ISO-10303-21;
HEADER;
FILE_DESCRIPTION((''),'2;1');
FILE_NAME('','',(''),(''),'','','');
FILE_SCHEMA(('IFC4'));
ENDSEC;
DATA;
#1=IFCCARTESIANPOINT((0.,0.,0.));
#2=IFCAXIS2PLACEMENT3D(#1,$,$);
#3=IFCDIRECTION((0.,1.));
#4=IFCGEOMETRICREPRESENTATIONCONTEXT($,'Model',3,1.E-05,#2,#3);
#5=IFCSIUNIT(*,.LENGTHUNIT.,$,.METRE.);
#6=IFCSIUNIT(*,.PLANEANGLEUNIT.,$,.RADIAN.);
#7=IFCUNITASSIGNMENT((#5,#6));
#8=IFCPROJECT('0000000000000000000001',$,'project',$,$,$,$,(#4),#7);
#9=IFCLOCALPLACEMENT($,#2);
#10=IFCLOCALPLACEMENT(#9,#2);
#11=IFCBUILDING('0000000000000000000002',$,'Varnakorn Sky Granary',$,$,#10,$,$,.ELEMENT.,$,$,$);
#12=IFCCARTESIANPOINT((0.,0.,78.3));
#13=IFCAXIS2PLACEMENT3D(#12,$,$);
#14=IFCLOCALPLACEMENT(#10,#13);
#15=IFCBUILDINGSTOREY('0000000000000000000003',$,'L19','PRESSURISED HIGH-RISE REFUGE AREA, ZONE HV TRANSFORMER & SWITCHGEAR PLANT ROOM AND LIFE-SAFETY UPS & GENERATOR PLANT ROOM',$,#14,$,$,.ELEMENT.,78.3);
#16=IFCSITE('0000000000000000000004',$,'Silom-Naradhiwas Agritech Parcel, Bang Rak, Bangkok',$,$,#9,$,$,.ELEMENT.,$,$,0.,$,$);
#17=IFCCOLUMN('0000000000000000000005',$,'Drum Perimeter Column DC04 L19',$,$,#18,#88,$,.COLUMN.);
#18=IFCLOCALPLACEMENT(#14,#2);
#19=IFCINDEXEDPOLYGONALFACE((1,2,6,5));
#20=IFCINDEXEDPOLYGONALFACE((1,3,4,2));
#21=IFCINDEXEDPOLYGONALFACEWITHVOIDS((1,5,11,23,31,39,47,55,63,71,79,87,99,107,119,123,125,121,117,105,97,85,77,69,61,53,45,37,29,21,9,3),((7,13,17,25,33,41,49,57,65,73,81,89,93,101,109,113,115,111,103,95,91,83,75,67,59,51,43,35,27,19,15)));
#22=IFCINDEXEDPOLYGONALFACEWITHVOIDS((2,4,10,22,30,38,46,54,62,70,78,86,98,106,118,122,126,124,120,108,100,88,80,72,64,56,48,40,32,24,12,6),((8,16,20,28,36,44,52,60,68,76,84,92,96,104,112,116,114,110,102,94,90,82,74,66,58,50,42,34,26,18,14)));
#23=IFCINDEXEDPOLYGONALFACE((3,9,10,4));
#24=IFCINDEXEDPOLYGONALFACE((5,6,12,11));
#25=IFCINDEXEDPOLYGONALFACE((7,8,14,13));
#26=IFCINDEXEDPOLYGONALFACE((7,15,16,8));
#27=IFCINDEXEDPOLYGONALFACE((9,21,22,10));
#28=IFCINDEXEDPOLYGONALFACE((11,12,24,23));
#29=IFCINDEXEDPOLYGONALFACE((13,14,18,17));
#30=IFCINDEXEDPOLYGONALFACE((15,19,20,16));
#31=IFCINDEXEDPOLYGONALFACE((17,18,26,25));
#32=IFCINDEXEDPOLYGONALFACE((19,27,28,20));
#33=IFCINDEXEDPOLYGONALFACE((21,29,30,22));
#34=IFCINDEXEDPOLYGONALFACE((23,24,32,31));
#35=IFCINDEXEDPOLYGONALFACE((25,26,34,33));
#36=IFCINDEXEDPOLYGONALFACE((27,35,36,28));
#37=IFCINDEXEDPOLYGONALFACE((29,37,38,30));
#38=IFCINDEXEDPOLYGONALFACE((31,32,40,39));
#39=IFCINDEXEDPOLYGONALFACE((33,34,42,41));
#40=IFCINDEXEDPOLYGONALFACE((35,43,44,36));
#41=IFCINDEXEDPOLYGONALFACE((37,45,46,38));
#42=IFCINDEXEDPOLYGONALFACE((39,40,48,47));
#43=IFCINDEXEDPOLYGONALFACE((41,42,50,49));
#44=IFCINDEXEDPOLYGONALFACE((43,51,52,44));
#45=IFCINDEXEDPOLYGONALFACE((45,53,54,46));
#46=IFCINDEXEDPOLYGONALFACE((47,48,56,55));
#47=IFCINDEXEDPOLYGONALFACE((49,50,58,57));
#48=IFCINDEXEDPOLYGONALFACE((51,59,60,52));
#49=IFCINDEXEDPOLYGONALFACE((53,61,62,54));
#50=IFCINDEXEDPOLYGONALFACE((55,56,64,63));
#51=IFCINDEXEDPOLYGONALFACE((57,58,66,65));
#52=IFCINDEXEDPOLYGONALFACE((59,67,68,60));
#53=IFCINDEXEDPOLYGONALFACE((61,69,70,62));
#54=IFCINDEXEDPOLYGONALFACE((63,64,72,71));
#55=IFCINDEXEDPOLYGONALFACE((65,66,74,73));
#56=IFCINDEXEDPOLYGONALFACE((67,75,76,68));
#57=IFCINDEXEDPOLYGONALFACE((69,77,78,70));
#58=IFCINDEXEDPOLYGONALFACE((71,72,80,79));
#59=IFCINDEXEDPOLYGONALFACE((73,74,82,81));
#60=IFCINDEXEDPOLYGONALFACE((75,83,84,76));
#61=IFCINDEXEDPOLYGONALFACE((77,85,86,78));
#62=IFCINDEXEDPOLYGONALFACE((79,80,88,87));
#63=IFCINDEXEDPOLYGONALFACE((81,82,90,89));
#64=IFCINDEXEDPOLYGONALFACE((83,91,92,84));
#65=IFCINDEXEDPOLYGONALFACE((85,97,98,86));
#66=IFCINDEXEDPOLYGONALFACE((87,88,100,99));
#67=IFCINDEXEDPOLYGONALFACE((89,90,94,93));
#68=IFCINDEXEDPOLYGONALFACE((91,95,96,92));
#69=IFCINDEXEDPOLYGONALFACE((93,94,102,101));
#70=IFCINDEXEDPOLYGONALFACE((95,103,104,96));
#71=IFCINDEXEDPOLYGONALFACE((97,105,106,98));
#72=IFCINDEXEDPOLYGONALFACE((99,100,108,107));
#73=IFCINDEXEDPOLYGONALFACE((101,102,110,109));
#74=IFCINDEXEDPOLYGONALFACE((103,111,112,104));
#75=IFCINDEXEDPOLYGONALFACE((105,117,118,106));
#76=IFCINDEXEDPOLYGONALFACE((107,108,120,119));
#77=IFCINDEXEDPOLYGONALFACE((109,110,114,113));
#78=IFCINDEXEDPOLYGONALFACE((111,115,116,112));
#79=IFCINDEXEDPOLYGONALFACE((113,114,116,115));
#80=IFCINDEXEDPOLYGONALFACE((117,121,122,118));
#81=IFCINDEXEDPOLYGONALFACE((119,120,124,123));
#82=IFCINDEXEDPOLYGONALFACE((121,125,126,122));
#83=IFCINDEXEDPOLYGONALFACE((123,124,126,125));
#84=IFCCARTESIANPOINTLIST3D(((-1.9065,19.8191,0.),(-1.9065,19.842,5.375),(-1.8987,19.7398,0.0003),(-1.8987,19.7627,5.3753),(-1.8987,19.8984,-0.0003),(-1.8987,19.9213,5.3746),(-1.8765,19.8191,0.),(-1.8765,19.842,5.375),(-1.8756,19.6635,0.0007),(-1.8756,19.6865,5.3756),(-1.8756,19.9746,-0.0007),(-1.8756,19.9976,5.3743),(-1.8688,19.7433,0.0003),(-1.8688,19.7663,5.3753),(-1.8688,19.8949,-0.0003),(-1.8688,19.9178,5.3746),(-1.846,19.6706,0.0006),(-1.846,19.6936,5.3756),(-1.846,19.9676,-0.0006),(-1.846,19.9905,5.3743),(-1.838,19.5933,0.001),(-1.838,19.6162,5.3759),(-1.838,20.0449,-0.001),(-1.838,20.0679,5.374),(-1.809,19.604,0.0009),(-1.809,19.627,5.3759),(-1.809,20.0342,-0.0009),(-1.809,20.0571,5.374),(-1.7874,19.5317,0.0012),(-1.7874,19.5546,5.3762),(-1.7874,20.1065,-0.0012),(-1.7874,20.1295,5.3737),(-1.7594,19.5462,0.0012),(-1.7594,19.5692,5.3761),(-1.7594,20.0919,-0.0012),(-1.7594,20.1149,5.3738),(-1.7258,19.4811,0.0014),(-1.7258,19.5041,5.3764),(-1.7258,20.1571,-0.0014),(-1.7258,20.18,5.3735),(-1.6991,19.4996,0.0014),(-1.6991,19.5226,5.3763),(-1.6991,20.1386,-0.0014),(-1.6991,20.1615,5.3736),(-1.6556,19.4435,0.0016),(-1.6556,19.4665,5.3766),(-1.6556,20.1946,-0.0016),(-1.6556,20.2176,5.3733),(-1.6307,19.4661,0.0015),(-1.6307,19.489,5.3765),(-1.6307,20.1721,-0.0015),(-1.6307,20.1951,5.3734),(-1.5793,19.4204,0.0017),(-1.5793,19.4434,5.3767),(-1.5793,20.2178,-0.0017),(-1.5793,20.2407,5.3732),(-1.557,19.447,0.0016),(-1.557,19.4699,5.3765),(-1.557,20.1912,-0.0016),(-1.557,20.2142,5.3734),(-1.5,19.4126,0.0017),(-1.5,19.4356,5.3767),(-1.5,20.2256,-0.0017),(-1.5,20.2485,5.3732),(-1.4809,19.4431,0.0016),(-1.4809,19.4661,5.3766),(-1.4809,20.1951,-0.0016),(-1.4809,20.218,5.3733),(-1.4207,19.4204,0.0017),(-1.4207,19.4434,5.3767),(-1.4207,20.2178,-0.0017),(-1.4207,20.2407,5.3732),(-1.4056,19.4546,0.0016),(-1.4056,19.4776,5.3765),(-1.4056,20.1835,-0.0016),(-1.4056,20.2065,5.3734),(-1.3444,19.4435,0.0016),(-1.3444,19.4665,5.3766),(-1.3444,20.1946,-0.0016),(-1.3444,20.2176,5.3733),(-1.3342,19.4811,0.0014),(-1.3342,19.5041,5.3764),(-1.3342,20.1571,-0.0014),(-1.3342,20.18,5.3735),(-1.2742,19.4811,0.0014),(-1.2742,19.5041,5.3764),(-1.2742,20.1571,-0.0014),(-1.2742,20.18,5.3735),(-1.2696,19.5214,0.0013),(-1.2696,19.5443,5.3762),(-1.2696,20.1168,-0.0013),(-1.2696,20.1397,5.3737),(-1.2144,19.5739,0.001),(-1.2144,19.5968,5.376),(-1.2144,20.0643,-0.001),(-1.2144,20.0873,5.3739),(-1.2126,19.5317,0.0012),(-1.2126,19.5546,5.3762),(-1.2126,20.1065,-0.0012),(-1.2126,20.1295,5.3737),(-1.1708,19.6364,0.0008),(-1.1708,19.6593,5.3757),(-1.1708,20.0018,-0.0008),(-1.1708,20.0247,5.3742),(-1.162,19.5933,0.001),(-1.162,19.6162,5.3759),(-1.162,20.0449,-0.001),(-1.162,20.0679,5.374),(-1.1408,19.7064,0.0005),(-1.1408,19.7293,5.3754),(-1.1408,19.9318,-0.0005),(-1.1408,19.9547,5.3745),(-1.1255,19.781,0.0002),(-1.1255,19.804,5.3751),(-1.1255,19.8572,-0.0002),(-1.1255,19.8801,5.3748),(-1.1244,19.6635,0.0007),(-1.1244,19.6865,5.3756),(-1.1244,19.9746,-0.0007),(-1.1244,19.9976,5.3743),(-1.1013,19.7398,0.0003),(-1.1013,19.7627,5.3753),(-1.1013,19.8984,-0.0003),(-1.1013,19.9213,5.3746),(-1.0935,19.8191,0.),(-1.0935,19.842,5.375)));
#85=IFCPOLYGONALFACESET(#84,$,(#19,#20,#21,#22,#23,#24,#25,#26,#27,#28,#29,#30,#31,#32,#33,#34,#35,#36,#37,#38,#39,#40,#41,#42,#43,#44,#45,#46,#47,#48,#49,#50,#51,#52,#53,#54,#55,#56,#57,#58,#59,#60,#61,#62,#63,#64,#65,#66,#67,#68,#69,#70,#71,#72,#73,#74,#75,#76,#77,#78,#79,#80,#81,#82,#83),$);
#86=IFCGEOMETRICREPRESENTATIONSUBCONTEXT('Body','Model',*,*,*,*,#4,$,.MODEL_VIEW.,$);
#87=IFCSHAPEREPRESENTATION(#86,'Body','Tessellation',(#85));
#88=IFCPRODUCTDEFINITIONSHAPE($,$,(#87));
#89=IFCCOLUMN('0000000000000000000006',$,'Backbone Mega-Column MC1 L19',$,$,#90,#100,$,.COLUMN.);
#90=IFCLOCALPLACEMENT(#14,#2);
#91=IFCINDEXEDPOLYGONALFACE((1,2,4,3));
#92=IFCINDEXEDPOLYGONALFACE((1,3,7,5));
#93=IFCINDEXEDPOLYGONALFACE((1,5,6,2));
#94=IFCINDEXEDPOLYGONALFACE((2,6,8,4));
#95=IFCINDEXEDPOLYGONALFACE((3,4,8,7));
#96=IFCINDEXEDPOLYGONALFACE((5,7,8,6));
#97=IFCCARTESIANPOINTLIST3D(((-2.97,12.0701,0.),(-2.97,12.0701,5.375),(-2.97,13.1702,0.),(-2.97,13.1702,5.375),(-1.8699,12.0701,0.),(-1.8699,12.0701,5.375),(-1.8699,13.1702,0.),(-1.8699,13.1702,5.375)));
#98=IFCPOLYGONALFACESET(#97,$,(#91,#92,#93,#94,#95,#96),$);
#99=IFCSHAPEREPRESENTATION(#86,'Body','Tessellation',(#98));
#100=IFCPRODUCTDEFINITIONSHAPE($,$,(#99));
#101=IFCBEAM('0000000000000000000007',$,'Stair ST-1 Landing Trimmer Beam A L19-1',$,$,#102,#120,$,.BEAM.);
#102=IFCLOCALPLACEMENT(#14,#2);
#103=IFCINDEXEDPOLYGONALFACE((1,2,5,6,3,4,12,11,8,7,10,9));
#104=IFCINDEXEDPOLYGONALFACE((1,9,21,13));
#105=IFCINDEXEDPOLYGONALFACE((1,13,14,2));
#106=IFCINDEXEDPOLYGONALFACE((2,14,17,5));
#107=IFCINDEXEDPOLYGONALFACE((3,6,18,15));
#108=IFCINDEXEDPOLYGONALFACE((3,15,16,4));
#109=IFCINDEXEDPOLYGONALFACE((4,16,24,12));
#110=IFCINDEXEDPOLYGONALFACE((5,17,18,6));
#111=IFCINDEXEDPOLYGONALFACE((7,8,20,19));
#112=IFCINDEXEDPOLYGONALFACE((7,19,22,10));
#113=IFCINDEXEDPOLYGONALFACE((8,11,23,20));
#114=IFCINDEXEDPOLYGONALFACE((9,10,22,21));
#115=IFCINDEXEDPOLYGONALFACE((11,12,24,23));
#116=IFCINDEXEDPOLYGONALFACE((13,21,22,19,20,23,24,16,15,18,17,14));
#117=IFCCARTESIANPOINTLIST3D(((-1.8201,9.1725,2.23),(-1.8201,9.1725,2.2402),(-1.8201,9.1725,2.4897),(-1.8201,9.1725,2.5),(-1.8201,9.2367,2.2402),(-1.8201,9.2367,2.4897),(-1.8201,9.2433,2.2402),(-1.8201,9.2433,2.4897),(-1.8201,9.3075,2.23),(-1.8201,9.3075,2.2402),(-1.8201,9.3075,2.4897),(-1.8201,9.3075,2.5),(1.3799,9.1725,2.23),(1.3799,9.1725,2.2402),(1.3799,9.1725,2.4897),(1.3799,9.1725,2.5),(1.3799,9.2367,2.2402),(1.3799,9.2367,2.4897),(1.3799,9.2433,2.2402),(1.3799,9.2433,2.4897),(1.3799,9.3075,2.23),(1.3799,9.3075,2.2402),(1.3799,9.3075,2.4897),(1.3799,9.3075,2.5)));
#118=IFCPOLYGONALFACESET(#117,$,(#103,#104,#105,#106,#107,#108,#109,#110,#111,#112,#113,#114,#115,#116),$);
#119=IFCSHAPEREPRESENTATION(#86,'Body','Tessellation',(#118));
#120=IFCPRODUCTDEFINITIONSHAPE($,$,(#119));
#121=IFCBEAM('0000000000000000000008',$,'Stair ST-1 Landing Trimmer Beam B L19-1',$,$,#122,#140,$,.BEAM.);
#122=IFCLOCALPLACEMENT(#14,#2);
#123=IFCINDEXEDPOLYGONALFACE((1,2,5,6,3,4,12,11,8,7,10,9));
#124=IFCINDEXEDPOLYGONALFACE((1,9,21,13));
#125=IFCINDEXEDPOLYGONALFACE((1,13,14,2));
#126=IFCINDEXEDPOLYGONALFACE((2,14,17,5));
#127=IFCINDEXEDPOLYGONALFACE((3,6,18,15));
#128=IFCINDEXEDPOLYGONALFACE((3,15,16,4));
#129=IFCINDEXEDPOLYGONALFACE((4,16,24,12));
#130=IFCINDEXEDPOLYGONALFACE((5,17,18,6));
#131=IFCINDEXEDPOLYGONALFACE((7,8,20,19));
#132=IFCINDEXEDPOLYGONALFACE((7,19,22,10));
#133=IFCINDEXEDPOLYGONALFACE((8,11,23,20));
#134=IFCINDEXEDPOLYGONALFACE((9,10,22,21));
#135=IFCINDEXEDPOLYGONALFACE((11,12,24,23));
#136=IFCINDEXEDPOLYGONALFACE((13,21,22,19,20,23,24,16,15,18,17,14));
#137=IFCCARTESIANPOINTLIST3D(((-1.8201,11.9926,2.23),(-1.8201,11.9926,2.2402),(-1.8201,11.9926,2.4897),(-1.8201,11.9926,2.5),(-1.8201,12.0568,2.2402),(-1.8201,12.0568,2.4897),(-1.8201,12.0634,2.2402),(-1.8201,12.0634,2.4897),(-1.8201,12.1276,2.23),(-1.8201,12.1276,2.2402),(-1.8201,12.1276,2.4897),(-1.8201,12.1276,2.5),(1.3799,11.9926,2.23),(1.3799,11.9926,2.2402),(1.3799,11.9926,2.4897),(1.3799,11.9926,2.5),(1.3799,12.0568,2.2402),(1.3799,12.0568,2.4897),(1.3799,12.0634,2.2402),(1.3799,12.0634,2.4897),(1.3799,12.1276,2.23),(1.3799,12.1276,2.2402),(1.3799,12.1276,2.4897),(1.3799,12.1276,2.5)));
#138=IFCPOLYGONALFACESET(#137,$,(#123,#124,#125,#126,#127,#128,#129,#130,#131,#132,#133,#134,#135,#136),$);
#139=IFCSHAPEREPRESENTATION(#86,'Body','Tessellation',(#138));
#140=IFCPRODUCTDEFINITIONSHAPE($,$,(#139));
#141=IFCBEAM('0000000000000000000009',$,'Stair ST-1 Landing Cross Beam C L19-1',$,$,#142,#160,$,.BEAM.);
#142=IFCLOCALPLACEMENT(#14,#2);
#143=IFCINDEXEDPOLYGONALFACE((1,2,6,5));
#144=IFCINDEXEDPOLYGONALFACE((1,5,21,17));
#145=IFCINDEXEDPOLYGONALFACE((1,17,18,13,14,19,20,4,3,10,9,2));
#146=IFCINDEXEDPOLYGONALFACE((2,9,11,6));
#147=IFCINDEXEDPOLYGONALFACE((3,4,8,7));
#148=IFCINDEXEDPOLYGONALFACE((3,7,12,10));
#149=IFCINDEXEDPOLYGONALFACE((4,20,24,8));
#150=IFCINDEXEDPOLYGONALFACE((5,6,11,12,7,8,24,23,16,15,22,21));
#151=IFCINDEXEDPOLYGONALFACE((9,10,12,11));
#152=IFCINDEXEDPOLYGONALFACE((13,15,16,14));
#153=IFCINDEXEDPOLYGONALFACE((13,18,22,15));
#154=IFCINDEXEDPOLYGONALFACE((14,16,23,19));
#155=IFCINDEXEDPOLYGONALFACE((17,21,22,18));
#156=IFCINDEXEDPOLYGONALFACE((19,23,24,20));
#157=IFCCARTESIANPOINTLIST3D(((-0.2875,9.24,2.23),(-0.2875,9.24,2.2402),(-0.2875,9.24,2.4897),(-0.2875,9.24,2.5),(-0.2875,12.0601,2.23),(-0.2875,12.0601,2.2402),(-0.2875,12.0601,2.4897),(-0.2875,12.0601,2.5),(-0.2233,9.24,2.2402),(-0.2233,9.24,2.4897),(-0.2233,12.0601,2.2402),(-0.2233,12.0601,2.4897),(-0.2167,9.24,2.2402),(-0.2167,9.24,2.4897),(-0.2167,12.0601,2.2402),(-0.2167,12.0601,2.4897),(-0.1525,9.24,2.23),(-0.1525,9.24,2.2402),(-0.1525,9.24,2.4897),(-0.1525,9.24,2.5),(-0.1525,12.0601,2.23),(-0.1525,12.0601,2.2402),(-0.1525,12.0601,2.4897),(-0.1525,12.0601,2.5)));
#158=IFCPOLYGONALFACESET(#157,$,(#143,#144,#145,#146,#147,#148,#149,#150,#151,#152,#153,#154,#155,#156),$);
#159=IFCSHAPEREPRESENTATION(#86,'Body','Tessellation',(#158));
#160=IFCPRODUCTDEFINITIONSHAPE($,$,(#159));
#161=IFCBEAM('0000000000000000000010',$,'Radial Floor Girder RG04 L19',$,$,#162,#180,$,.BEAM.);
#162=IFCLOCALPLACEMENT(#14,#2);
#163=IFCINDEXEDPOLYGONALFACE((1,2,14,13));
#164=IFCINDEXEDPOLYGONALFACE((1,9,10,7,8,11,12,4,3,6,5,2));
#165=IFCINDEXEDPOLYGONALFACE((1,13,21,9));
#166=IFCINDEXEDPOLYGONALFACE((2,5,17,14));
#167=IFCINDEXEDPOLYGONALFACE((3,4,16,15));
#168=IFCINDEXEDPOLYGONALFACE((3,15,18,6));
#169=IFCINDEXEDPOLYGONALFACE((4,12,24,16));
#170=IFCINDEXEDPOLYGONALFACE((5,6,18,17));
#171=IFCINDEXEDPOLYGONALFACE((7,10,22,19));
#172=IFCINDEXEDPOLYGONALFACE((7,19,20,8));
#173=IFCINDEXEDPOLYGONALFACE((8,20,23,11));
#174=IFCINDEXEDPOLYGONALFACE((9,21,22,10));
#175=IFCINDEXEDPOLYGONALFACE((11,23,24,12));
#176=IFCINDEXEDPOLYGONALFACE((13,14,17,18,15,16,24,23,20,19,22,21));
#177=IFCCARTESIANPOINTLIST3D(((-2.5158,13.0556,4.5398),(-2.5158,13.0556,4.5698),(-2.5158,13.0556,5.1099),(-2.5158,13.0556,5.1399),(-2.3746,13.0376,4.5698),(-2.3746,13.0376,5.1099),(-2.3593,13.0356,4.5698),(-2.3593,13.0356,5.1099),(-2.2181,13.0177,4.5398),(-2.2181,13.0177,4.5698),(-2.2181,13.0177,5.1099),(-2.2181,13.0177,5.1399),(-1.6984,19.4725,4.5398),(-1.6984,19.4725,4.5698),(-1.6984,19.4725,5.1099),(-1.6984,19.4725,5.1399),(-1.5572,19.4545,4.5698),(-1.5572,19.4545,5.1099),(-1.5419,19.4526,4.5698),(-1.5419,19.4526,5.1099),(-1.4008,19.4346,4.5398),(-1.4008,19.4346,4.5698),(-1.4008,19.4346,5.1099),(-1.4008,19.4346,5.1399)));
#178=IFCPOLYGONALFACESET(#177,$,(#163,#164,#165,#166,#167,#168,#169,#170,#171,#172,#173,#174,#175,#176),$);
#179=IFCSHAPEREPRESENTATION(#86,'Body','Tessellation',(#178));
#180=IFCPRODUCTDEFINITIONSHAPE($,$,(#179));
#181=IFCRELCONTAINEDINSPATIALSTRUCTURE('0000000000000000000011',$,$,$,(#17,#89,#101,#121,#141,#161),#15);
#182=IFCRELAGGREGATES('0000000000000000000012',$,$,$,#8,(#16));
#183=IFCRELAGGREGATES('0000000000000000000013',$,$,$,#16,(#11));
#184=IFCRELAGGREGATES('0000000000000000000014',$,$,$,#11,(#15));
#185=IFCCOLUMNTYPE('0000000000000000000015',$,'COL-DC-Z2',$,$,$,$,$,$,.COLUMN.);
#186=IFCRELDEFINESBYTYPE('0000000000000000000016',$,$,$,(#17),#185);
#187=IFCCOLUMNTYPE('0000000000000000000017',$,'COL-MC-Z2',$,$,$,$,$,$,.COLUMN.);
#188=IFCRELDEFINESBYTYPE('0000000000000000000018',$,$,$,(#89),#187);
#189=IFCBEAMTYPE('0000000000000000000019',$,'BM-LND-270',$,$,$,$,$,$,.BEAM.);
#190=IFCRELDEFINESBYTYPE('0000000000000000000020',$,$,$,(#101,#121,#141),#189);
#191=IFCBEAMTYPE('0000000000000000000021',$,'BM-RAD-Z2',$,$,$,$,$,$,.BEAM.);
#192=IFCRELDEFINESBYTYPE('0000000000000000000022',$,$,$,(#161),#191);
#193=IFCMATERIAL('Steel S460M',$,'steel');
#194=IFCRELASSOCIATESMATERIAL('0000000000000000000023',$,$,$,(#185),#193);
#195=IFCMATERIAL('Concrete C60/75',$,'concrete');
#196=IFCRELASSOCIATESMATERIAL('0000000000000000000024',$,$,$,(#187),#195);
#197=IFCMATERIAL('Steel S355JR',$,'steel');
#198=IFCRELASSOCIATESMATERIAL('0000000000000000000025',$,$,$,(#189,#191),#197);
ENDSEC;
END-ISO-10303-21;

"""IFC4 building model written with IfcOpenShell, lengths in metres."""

from ifc_helpers import new_model, si_unit, direction, frame, origin, origin_2d, place, context, subcontext, project, spatial, rectangle, hollow_circle, i_section, extrude, material, material_profile, profile_set, type_object, element, save


model = new_model("IFC4")

# Units and contexts
model_context = context("Model", 3, precision=1e-05, world=origin(), true_north=direction((0.0, 1.0)))
body_context = subcontext(model_context, "Body", "Model", "MODEL_VIEW")
ifc_project = project(units=[si_unit("LENGTHUNIT", "METRE"), si_unit("PLANEANGLEUNIT", "RADIAN")], contexts=[model_context])

# Site, building, storey
site_placement = place(None, origin())
site = spatial("IfcSite", under=ifc_project, at=site_placement, Name="Silom-Naradhiwas Agritech Parcel, Bang Rak, Bangkok", CompositionType="ELEMENT", RefElevation=0.0)
building_placement = place(site_placement, origin())
building = spatial("IfcBuilding", under=site, at=building_placement, Name="Varnakorn Sky Granary", CompositionType="ELEMENT")
storey_placement = place(building_placement, frame((0.0, 0.0, 78.3)))
storey = spatial("IfcBuildingStorey", under=building, at=storey_placement, Name="L19", Description="PRESSURISED HIGH-RISE REFUGE AREA, ZONE HV TRANSFORMER & SWITCHGEAR PLANT ROOM AND LIFE-SAFETY UPS & GENERATOR PLANT ROOM", CompositionType="ELEMENT", Elevation=78.3)

# Columns
ifc_material_1 = material(Name="Steel S460M", Category="steel")
ifc_material_profile_1 = material_profile(ifc_material_1, hollow_circle(Radius=0.4065, WallThickness=0.03, at=origin_2d()), Name="CHS 813x30")
ifc_profile_set_1 = profile_set([ifc_material_profile_1], Name="Steel S460M")
column_type_1 = type_object("IfcColumnType", Name="COL-DC-Z2", PredefinedType="COLUMN", material=ifc_profile_set_1)
column_1_placement = place(storey_placement, frame((-1.5, 19.8191, 0.0), z_axis=(0.0, 0.00427, 0.999991), x_axis=(-1.0, 0.0, 0.0)))
element("IfcColumn", 1, at=column_1_placement, inside=storey, type_object=column_type_1, Name="Drum Perimeter Column DC04 L19", PredefinedType="COLUMN", context=body_context, shape_type="SweptSolid", body=[
    extrude(hollow_circle(Radius=0.4065, WallThickness=0.03, at=origin_2d()), origin(), (0.0, 0.0, 1.0), 5.375),
])
ifc_material_2 = material(Name="Concrete C60/75", Category="concrete")
ifc_material_profile_2 = material_profile(ifc_material_2, rectangle(XDim=1.1001, YDim=1.1001, at=origin_2d()), Name="RC 1100x1100")
ifc_profile_set_2 = profile_set([ifc_material_profile_2], Name="Concrete C60/75")
column_type_2 = type_object("IfcColumnType", Name="COL-MC-Z2", PredefinedType="COLUMN", material=ifc_profile_set_2)
column_2_placement = place(storey_placement, frame((-2.4199, 12.6201, 0.0), z_axis=(0.0, 0.0, 1.0), x_axis=(1.0, 0.0, 0.0)))
element("IfcColumn", 2, at=column_2_placement, inside=storey, type_object=column_type_2, Name="Backbone Mega-Column MC1 L19", PredefinedType="COLUMN", context=body_context, shape_type="SweptSolid", body=[
    extrude(rectangle(XDim=1.1001, YDim=1.1001, at=origin_2d()), origin(), (0.0, 0.0, 1.0), 5.375),
])

# Beams
ifc_material_3 = material(Name="Steel S355JR", Category="steel")
ifc_material_profile_3 = material_profile(ifc_material_3, i_section(OverallWidth=0.135, OverallDepth=0.27, WebThickness=0.0066, FlangeThickness=0.0103, at=origin_2d()), Name="IPE 270")
ifc_profile_set_3 = profile_set([ifc_material_profile_3], Name="Steel S355JR")
beam_type_1 = type_object("IfcBeamType", Name="BM-LND-270", PredefinedType="BEAM", material=ifc_profile_set_3)
for number, where, z_axis, x_axis, name in (
    (3, (-1.8201, 9.24, 2.365), (1.0, 0.0, 0.0), (0.0, 1.0, 0.0), "Stair ST-1 Landing Trimmer Beam A L19-1"),
    (4, (-1.8201, 12.0601, 2.365), (1.0, 0.0, 0.0), (0.0, 1.0, 0.0), "Stair ST-1 Landing Trimmer Beam B L19-1"),
):
    element("IfcBeam", number, at=place(storey_placement, frame(where, z_axis=z_axis, x_axis=x_axis)), inside=storey, type_object=beam_type_1, Name=name, PredefinedType="BEAM", context=body_context, shape_type="SweptSolid", body=[
        extrude(i_section(OverallWidth=0.135, OverallDepth=0.27, WebThickness=0.0066, FlangeThickness=0.0103, at=origin_2d()), origin(), (0.0, 0.0, 1.0), 3.2),
    ])
beam_1_placement = place(storey_placement, frame((-0.22, 9.24, 2.365), z_axis=(0.0, 1.0, 0.0), x_axis=(-1.0, 0.0, 0.0)))
element("IfcBeam", 5, at=beam_1_placement, inside=storey, type_object=beam_type_1, Name="Stair ST-1 Landing Cross Beam C L19-1", PredefinedType="BEAM", context=body_context, shape_type="SweptSolid", body=[
    extrude(i_section(OverallWidth=0.135, OverallDepth=0.27, WebThickness=0.0066, FlangeThickness=0.0103, at=origin_2d()), origin(), (0.0, 0.0, 1.0), 2.8201),
])
ifc_material_profile_4 = material_profile(ifc_material_3, i_section(OverallWidth=0.3, OverallDepth=0.6001, WebThickness=0.0154, FlangeThickness=0.03, at=origin_2d()), Name="HE 600 B")
ifc_profile_set_4 = profile_set([ifc_material_profile_4], Name="Steel S355JR")
beam_type_2 = type_object("IfcBeamType", Name="BM-RAD-Z2", PredefinedType="BEAM", material=ifc_profile_set_4)
beam_2_placement = place(storey_placement, frame((-2.3669, 13.0366, 4.8398), z_axis=(0.126357, 0.991985, 0.0), x_axis=(-0.991985, 0.126357, 0.0)))
element("IfcBeam", 6, at=beam_2_placement, inside=storey, type_object=beam_type_2, Name="Radial Floor Girder RG04 L19", PredefinedType="BEAM", context=body_context, shape_type="SweptSolid", body=[
    extrude(i_section(OverallWidth=0.3, OverallDepth=0.6001, WebThickness=0.0154, FlangeThickness=0.03, at=origin_2d()), origin(), (0.0, 0.0, 1.0), 6.4688),
])

save(model, "model.ifc")
